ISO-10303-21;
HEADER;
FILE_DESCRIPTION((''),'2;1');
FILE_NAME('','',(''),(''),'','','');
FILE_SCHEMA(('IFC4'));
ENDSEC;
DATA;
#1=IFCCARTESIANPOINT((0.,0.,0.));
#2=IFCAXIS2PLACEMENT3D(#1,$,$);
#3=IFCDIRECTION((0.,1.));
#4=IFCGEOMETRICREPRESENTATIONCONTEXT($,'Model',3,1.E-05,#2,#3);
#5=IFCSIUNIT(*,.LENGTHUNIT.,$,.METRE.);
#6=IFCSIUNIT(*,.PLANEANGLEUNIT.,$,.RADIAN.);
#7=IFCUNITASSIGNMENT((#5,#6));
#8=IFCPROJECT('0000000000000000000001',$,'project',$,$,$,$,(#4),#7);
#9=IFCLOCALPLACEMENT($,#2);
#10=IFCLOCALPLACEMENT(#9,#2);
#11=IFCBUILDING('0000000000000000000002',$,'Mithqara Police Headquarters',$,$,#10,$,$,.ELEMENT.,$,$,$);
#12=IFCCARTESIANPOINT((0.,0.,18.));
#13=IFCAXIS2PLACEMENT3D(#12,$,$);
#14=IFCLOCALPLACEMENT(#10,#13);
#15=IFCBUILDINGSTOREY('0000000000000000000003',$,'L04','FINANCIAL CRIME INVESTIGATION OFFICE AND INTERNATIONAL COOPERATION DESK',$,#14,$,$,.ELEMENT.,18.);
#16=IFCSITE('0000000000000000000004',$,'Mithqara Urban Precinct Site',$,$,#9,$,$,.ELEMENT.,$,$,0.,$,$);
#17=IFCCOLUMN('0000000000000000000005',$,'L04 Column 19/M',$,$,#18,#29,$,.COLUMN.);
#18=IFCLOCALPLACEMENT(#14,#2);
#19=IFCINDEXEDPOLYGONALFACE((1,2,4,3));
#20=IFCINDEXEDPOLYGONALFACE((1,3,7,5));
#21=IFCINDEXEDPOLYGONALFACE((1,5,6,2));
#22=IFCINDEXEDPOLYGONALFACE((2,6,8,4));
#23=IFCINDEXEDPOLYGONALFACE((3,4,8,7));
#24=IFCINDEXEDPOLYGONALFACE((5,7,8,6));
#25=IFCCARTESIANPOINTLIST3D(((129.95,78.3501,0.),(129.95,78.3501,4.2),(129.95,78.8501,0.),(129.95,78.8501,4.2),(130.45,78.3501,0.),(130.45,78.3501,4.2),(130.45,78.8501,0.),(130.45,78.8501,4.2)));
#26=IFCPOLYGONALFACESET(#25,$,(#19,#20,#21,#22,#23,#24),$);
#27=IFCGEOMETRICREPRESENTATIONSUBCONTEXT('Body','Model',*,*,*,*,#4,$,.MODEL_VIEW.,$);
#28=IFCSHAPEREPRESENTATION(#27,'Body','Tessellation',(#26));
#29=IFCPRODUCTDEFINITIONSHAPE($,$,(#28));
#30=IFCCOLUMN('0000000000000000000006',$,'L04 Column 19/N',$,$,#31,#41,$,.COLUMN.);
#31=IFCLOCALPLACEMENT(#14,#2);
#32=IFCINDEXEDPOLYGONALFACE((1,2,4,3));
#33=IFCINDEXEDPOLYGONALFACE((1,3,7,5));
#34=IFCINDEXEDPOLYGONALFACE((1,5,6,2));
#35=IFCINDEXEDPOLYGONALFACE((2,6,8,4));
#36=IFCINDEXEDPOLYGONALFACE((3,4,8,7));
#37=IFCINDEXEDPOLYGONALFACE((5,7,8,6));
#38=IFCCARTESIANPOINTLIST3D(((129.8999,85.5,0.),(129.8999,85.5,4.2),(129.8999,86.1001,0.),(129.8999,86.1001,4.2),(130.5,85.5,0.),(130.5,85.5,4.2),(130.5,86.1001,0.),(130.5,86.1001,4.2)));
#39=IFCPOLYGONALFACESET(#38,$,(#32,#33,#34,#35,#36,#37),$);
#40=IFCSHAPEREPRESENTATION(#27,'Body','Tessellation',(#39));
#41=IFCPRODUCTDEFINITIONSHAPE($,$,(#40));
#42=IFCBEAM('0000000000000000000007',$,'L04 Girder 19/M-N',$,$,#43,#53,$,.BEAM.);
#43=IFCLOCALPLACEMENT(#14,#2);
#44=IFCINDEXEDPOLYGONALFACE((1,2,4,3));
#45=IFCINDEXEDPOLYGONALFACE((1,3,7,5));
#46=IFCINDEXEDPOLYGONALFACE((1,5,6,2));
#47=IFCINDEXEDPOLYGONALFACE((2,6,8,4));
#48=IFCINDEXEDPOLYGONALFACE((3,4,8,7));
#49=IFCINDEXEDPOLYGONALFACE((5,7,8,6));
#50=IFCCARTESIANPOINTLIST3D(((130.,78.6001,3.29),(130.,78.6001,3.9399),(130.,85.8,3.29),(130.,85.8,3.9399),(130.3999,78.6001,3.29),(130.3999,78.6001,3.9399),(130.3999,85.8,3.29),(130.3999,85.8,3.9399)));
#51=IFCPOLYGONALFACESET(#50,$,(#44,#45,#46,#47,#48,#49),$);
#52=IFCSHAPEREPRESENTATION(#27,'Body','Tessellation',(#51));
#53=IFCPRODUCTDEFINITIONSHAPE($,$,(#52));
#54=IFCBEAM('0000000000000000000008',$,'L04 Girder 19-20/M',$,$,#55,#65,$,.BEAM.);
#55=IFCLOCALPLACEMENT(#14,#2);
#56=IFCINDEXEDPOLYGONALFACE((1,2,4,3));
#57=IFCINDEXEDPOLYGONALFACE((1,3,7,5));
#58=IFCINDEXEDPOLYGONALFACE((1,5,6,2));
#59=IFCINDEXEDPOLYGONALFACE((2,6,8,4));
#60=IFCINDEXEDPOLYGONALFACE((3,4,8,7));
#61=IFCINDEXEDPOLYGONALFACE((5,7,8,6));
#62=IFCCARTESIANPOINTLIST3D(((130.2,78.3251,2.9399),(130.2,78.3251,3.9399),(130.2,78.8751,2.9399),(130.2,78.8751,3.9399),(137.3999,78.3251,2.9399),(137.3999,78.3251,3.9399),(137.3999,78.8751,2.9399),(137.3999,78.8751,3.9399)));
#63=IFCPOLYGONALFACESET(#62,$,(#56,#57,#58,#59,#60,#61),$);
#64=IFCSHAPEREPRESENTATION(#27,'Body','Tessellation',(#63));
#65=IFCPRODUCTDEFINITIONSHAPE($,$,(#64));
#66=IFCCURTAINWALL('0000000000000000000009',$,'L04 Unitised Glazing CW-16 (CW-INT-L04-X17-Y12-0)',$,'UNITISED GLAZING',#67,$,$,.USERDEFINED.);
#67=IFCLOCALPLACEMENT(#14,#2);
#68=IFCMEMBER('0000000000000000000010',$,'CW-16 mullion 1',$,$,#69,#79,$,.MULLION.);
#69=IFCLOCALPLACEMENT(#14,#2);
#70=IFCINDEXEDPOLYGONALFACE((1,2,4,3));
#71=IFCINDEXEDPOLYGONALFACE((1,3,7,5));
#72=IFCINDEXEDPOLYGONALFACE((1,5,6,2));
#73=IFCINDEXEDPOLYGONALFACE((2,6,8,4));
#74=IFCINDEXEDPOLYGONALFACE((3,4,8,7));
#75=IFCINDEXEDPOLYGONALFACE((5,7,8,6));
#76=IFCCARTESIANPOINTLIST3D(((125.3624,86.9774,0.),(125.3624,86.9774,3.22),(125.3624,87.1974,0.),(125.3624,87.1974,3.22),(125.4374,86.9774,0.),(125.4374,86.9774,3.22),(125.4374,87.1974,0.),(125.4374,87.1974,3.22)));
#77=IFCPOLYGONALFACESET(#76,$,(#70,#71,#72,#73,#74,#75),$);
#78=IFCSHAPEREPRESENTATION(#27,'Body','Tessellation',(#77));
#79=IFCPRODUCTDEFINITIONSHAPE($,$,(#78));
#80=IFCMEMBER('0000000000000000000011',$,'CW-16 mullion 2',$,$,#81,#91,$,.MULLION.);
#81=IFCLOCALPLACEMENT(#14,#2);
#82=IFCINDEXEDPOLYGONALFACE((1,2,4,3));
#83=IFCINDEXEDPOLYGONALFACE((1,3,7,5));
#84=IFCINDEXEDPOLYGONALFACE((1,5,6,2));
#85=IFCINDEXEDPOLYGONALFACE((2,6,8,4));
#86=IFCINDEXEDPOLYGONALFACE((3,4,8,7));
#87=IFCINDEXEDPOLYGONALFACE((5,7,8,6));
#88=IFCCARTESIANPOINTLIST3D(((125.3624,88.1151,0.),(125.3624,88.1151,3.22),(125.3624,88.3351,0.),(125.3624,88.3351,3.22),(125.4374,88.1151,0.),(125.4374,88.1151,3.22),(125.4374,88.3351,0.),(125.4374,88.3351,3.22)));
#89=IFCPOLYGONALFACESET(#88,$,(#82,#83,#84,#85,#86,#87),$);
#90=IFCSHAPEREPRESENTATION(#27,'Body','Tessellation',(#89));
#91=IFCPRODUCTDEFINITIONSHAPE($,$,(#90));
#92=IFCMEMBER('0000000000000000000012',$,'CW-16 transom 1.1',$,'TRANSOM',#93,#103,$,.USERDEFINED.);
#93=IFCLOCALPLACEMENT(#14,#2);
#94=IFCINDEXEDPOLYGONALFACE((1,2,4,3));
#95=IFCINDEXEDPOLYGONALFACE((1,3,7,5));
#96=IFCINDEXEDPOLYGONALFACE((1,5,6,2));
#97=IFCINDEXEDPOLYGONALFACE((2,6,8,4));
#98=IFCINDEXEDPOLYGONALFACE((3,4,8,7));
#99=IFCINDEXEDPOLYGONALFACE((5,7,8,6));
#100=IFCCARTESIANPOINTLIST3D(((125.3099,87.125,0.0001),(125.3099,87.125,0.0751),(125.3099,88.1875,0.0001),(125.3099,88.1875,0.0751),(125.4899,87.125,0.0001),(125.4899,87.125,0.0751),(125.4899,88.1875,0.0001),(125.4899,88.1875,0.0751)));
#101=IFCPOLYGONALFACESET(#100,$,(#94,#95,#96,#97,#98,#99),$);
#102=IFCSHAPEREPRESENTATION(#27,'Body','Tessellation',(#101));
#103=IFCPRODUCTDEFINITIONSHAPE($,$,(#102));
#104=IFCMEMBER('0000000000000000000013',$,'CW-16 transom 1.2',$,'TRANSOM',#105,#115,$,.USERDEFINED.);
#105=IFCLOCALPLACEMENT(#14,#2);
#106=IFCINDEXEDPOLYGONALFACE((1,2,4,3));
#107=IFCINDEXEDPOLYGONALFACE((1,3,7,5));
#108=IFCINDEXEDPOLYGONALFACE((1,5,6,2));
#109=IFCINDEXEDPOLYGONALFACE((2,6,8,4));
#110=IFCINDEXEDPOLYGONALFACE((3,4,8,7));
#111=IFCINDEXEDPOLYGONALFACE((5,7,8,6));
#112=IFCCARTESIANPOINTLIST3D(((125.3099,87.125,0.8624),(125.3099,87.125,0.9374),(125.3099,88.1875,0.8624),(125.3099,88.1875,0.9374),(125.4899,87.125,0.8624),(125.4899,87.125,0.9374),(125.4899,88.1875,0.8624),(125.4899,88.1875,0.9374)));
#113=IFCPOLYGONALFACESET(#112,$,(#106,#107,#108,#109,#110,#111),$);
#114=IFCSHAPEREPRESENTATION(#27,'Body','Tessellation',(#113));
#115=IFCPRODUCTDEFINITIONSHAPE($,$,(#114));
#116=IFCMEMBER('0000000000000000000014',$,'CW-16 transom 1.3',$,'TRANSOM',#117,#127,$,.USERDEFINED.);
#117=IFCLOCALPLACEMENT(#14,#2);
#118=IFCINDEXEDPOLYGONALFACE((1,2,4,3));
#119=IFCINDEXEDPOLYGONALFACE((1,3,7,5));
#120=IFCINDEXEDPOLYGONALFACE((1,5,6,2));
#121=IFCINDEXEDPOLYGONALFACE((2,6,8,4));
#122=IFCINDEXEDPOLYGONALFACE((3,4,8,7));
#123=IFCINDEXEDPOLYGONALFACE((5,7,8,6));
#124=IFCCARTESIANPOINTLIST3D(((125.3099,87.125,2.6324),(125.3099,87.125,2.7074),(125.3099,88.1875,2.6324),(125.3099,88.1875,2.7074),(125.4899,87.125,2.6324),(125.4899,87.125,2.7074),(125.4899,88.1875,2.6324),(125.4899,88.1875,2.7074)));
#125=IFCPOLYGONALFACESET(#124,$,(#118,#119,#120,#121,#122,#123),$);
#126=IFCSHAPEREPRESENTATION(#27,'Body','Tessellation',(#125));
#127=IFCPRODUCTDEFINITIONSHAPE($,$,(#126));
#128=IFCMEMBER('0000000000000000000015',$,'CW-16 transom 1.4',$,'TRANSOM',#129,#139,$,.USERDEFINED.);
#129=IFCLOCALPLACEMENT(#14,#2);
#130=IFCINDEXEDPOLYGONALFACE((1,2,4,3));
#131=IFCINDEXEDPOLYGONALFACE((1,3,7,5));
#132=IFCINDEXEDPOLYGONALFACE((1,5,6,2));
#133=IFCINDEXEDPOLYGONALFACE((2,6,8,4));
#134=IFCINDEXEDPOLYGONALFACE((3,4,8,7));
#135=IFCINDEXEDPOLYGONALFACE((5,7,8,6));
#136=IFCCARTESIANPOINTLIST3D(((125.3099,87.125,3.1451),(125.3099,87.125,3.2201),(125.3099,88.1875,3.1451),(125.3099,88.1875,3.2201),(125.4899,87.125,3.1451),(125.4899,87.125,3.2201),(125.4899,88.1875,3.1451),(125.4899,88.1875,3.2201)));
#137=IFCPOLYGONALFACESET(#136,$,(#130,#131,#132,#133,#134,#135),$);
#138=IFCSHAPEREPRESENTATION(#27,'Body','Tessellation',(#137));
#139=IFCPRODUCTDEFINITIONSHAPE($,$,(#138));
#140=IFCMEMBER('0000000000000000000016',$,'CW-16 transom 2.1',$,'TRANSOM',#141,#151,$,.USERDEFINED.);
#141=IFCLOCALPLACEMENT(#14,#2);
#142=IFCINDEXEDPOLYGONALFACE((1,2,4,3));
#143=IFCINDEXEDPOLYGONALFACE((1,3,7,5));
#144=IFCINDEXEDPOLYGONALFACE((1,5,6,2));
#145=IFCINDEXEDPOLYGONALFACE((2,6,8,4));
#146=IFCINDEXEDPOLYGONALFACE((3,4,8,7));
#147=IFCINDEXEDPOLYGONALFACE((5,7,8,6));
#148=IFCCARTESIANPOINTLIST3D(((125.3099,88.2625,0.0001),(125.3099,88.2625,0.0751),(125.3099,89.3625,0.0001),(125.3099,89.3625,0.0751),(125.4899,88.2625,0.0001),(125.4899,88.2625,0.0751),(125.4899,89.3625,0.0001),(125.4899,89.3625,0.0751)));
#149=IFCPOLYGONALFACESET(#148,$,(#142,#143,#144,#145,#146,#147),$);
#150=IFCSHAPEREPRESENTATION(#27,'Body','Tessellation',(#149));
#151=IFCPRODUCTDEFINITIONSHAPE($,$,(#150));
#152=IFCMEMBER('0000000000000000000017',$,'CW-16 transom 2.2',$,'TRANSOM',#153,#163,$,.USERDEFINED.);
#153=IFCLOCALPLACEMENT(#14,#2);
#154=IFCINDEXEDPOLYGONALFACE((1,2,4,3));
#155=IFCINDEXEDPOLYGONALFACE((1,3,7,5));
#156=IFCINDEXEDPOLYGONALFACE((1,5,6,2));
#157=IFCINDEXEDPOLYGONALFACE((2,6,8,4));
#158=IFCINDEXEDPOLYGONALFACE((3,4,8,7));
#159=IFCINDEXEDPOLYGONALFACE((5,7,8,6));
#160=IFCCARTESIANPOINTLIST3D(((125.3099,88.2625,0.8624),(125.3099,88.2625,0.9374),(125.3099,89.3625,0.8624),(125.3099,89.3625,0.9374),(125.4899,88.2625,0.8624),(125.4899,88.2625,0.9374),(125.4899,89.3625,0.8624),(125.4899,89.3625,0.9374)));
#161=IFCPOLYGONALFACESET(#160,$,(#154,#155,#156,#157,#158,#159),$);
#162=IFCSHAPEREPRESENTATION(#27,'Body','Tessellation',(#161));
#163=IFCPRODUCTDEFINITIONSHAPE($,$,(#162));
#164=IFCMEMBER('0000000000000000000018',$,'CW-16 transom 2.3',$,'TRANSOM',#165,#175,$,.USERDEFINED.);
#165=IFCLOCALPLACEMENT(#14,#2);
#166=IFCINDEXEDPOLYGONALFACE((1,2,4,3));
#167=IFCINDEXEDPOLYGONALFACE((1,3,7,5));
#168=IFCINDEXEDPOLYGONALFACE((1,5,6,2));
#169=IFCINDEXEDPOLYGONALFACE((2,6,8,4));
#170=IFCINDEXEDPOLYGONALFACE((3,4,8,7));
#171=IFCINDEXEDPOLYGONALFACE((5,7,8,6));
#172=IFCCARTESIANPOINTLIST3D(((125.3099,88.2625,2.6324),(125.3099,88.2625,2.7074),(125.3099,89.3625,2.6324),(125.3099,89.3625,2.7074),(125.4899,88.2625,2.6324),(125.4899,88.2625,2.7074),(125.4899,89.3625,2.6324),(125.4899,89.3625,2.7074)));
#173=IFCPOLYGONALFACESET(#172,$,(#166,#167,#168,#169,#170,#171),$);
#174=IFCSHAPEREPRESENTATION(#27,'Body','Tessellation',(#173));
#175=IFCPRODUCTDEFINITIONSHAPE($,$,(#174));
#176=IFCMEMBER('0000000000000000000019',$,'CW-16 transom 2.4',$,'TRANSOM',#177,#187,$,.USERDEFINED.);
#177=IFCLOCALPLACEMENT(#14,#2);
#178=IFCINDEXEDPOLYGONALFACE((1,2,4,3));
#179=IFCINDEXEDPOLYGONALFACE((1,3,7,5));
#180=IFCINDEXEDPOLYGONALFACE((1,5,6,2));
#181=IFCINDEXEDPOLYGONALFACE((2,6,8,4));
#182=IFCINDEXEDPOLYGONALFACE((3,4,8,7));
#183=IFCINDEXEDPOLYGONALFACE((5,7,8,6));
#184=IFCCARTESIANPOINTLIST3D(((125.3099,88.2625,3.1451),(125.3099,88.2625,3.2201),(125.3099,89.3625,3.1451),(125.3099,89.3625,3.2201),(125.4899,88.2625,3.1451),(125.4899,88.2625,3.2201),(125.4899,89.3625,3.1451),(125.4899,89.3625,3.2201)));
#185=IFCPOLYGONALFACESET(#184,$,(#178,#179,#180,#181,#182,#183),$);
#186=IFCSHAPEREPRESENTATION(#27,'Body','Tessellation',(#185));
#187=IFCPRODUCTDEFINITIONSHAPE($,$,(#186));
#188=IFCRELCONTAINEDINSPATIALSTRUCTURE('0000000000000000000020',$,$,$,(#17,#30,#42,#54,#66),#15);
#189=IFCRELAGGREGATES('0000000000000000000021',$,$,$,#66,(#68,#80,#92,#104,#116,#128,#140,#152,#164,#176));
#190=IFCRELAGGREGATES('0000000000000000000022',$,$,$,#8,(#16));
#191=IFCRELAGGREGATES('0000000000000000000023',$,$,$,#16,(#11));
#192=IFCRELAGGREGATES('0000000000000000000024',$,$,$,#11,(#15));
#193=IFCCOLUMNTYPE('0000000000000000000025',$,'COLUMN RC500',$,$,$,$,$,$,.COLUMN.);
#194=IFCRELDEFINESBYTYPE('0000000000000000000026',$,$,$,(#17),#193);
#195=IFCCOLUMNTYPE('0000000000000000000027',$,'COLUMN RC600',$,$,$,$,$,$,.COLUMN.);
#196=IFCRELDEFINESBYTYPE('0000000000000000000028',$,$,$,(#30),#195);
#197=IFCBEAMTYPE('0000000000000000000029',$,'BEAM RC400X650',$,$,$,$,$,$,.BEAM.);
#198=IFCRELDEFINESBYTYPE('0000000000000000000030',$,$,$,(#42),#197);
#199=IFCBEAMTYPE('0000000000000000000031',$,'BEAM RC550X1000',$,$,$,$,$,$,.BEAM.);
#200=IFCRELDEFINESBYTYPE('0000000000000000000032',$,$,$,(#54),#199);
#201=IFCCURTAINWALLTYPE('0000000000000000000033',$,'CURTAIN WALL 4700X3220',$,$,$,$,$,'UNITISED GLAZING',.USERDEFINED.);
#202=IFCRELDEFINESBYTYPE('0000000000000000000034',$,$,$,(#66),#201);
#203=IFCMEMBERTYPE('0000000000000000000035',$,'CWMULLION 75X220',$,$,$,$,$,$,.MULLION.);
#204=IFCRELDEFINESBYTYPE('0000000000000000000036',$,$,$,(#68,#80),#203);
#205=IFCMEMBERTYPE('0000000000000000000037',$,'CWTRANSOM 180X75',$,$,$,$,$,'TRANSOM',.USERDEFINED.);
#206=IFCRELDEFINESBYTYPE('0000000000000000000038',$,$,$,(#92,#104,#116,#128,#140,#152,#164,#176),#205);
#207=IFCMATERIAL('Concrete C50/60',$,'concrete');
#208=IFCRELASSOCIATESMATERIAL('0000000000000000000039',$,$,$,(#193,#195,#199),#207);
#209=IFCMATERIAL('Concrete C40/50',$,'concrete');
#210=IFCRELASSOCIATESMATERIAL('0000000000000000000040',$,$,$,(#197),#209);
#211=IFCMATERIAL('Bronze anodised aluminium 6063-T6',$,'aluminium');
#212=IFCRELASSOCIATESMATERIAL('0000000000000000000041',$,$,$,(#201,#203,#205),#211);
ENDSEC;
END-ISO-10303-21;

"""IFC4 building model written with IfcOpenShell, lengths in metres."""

from ifc_helpers import new_model, si_unit, direction, frame, origin, origin_2d, place, context, subcontext, project, spatial, rectangle, extrude, material, material_profile, profile_set, type_object, element, aggregate, save


model = new_model("IFC4")

# Units and contexts
model_context = context("Model", 3, precision=1e-05, world=origin(), true_north=direction((0.0, 1.0)))
body_context = subcontext(model_context, "Body", "Model", "MODEL_VIEW")
ifc_project = project(units=[si_unit("LENGTHUNIT", "METRE"), si_unit("PLANEANGLEUNIT", "RADIAN")], contexts=[model_context])

# Site, building, storey
site_placement = place(None, origin())
site = spatial("IfcSite", under=ifc_project, at=site_placement, Name="Mithqara Urban Precinct Site", CompositionType="ELEMENT", RefElevation=0.0)
building_placement = place(site_placement, origin())
building = spatial("IfcBuilding", under=site, at=building_placement, Name="Mithqara Police Headquarters", CompositionType="ELEMENT")
storey_placement = place(building_placement, frame((0.0, 0.0, 18.0)))
storey = spatial("IfcBuildingStorey", under=building, at=storey_placement, Name="L04", Description="FINANCIAL CRIME INVESTIGATION OFFICE AND INTERNATIONAL COOPERATION DESK", CompositionType="ELEMENT", Elevation=18.0)

# Columns
ifc_material_1 = material(Name="Concrete C50/60", Category="concrete")
ifc_material_profile_1 = material_profile(ifc_material_1, rectangle(XDim=0.5, YDim=0.5, at=origin_2d()), Name="RC 500x500")
ifc_profile_set_1 = profile_set([ifc_material_profile_1], Name="Concrete C50/60")
column_type_1 = type_object("IfcColumnType", Name="COLUMN RC500", PredefinedType="COLUMN", material=ifc_profile_set_1)
column_1_placement = place(storey_placement, frame((130.2, 78.6001, 0.0), z_axis=(0.0, 0.0, 1.0), x_axis=(1.0, 0.0, 0.0)))
element("IfcColumn", 1, at=column_1_placement, inside=storey, type_object=column_type_1, Name="L04 Column 19/M", PredefinedType="COLUMN", context=body_context, shape_type="SweptSolid", body=[
    extrude(rectangle(XDim=0.5, YDim=0.5, at=origin_2d()), origin(), (0.0, 0.0, 1.0), 4.2),
])
ifc_material_profile_2 = material_profile(ifc_material_1, rectangle(XDim=0.6001, YDim=0.6001, at=origin_2d()), Name="RC 600x600")
ifc_profile_set_2 = profile_set([ifc_material_profile_2], Name="Concrete C50/60")
column_type_2 = type_object("IfcColumnType", Name="COLUMN RC600", PredefinedType="COLUMN", material=ifc_profile_set_2)
column_2_placement = place(storey_placement, frame((130.2, 85.8, 0.0), z_axis=(0.0, 0.0, 1.0), x_axis=(1.0, 0.0, 0.0)))
element("IfcColumn", 2, at=column_2_placement, inside=storey, type_object=column_type_2, Name="L04 Column 19/N", PredefinedType="COLUMN", context=body_context, shape_type="SweptSolid", body=[
    extrude(rectangle(XDim=0.6001, YDim=0.6001, at=origin_2d()), origin(), (0.0, 0.0, 1.0), 4.2),
])

# Beams
ifc_material_2 = material(Name="Concrete C40/50", Category="concrete")
ifc_material_profile_3 = material_profile(ifc_material_2, rectangle(XDim=0.3999, YDim=0.6499, at=origin_2d()), Name="RC 400x650")
ifc_profile_set_3 = profile_set([ifc_material_profile_3], Name="Concrete C40/50")
beam_type_1 = type_object("IfcBeamType", Name="BEAM RC400X650", PredefinedType="BEAM", material=ifc_profile_set_3)
beam_1_placement = place(storey_placement, frame((130.2, 78.6001, 3.615), z_axis=(0.0, 1.0, 0.0), x_axis=(-1.0, 0.0, 0.0)))
element("IfcBeam", 3, at=beam_1_placement, inside=storey, type_object=beam_type_1, Name="L04 Girder 19/M-N", PredefinedType="BEAM", context=body_context, shape_type="SweptSolid", body=[
    extrude(rectangle(XDim=0.3999, YDim=0.6499, at=origin_2d()), origin(), (0.0, 0.0, 1.0), 7.2),
])
ifc_material_profile_4 = material_profile(ifc_material_1, rectangle(XDim=0.55, YDim=1.0, at=origin_2d()), Name="RC 550x1000")
ifc_profile_set_4 = profile_set([ifc_material_profile_4], Name="Concrete C50/60")
beam_type_2 = type_object("IfcBeamType", Name="BEAM RC550X1000", PredefinedType="BEAM", material=ifc_profile_set_4)
beam_2_placement = place(storey_placement, frame((130.2, 78.6001, 3.4399), z_axis=(1.0, 0.0, 0.0), x_axis=(0.0, 1.0, 0.0)))
element("IfcBeam", 4, at=beam_2_placement, inside=storey, type_object=beam_type_2, Name="L04 Girder 19-20/M", PredefinedType="BEAM", context=body_context, shape_type="SweptSolid", body=[
    extrude(rectangle(XDim=0.55, YDim=1.0, at=origin_2d()), origin(), (0.0, 0.0, 1.0), 7.2),
])

# Curtain wall, members
ifc_material_3 = material(Name="Bronze anodised aluminium 6063-T6", Category="aluminium")
curtain_wall_type = type_object("IfcCurtainWallType", Name="CURTAIN WALL 4700X3220", ElementType="UNITISED GLAZING", PredefinedType="USERDEFINED", material=ifc_material_3)
curtain_wall_placement = place(storey_placement, origin())
curtain_wall = element("IfcCurtainWall", 5, at=curtain_wall_placement, inside=storey, type_object=curtain_wall_type, Name="L04 Unitised Glazing CW-16 (CW-INT-L04-X17-Y12-0)", ObjectType="UNITISED GLAZING", PredefinedType="USERDEFINED")
ifc_material_profile_5 = material_profile(ifc_material_3, rectangle(XDim=0.075, YDim=0.22, at=origin_2d()), Name="CWM 75x220")
ifc_profile_set_5 = profile_set([ifc_material_profile_5], Name="Bronze anodised aluminium 6063-T6")
member_type_1 = type_object("IfcMemberType", Name="CWMULLION 75X220", PredefinedType="MULLION", material=ifc_profile_set_5)
member_1_placement = place(storey_placement, frame((125.3999, 87.0874, 0.0), z_axis=(0.0, 0.0, 1.0), x_axis=(-1.0, 0.0, 0.0)))
member_1 = element("IfcMember", 6, at=member_1_placement, type_object=member_type_1, Name="CW-16 mullion 1", PredefinedType="MULLION", context=body_context, shape_type="SweptSolid", body=[
    extrude(rectangle(XDim=0.075, YDim=0.22, at=origin_2d()), origin(), (0.0, 0.0, 1.0), 3.22),
])
member_2_placement = place(storey_placement, frame((125.3999, 88.2251, 0.0), z_axis=(0.0, 0.0, 1.0), x_axis=(-1.0, 0.0, 0.0)))
member_2 = element("IfcMember", 7, at=member_2_placement, type_object=member_type_1, Name="CW-16 mullion 2", PredefinedType="MULLION", context=body_context, shape_type="SweptSolid", body=[
    extrude(rectangle(XDim=0.075, YDim=0.22, at=origin_2d()), origin(), (0.0, 0.0, 1.0), 3.22),
])
ifc_material_profile_6 = material_profile(ifc_material_3, rectangle(XDim=0.1799, YDim=0.075, at=origin_2d()), Name="CWT 180x75")
ifc_profile_set_6 = profile_set([ifc_material_profile_6], Name="Bronze anodised aluminium 6063-T6")
member_type_2 = type_object("IfcMemberType", Name="CWTRANSOM 180X75", ElementType="TRANSOM", PredefinedType="USERDEFINED", material=ifc_profile_set_6)
member_3_placement = place(storey_placement, frame((125.3999, 87.125, 0.0376), z_axis=(0.0, 1.0, 0.0), x_axis=(-1.0, 0.0, 0.0)))
member_3 = element("IfcMember", 8, at=member_3_placement, type_object=member_type_2, Name="CW-16 transom 1.1", ObjectType="TRANSOM", PredefinedType="USERDEFINED", context=body_context, shape_type="SweptSolid", body=[
    extrude(rectangle(XDim=0.1799, YDim=0.075, at=origin_2d()), origin(), (0.0, 0.0, 1.0), 1.0625),
])
member_4_placement = place(storey_placement, frame((125.3999, 87.125, 0.8999), z_axis=(0.0, 1.0, 0.0), x_axis=(-1.0, 0.0, 0.0)))
member_4 = element("IfcMember", 9, at=member_4_placement, type_object=member_type_2, Name="CW-16 transom 1.2", ObjectType="TRANSOM", PredefinedType="USERDEFINED", context=body_context, shape_type="SweptSolid", body=[
    extrude(rectangle(XDim=0.1799, YDim=0.075, at=origin_2d()), origin(), (0.0, 0.0, 1.0), 1.0625),
])
member_5_placement = place(storey_placement, frame((125.3999, 87.125, 2.6699), z_axis=(0.0, 1.0, 0.0), x_axis=(-1.0, 0.0, 0.0)))
member_5 = element("IfcMember", 10, at=member_5_placement, type_object=member_type_2, Name="CW-16 transom 1.3", ObjectType="TRANSOM", PredefinedType="USERDEFINED", context=body_context, shape_type="SweptSolid", body=[
    extrude(rectangle(XDim=0.1799, YDim=0.075, at=origin_2d()), origin(), (0.0, 0.0, 1.0), 1.0625),
])
member_6_placement = place(storey_placement, frame((125.3999, 87.125, 3.1826), z_axis=(0.0, 1.0, 0.0), x_axis=(-1.0, 0.0, 0.0)))
member_6 = element("IfcMember", 11, at=member_6_placement, type_object=member_type_2, Name="CW-16 transom 1.4", ObjectType="TRANSOM", PredefinedType="USERDEFINED", context=body_context, shape_type="SweptSolid", body=[
    extrude(rectangle(XDim=0.1799, YDim=0.075, at=origin_2d()), origin(), (0.0, 0.0, 1.0), 1.0625),
])
member_7_placement = place(storey_placement, frame((125.3999, 88.2625, 0.0376), z_axis=(0.0, 1.0, 0.0), x_axis=(-1.0, 0.0, 0.0)))
member_7 = element("IfcMember", 12, at=member_7_placement, type_object=member_type_2, Name="CW-16 transom 2.1", ObjectType="TRANSOM", PredefinedType="USERDEFINED", context=body_context, shape_type="SweptSolid", body=[
    extrude(rectangle(XDim=0.1799, YDim=0.075, at=origin_2d()), origin(), (0.0, 0.0, 1.0), 1.1001),
])
member_8_placement = place(storey_placement, frame((125.3999, 88.2625, 0.8999), z_axis=(0.0, 1.0, 0.0), x_axis=(-1.0, 0.0, 0.0)))
member_8 = element("IfcMember", 13, at=member_8_placement, type_object=member_type_2, Name="CW-16 transom 2.2", ObjectType="TRANSOM", PredefinedType="USERDEFINED", context=body_context, shape_type="SweptSolid", body=[
    extrude(rectangle(XDim=0.1799, YDim=0.075, at=origin_2d()), origin(), (0.0, 0.0, 1.0), 1.1001),
])
member_9_placement = place(storey_placement, frame((125.3999, 88.2625, 2.6699), z_axis=(0.0, 1.0, 0.0), x_axis=(-1.0, 0.0, 0.0)))
member_9 = element("IfcMember", 14, at=member_9_placement, type_object=member_type_2, Name="CW-16 transom 2.3", ObjectType="TRANSOM", PredefinedType="USERDEFINED", context=body_context, shape_type="SweptSolid", body=[
    extrude(rectangle(XDim=0.1799, YDim=0.075, at=origin_2d()), origin(), (0.0, 0.0, 1.0), 1.1001),
])
member_10_placement = place(storey_placement, frame((125.3999, 88.2625, 3.1826), z_axis=(0.0, 1.0, 0.0), x_axis=(-1.0, 0.0, 0.0)))
member_10 = element("IfcMember", 15, at=member_10_placement, type_object=member_type_2, Name="CW-16 transom 2.4", ObjectType="TRANSOM", PredefinedType="USERDEFINED", context=body_context, shape_type="SweptSolid", body=[
    extrude(rectangle(XDim=0.1799, YDim=0.075, at=origin_2d()), origin(), (0.0, 0.0, 1.0), 1.1001),
])
aggregate(curtain_wall, [member_1, member_2, member_3, member_4, member_5, member_6, member_7, member_8, member_9, member_10])

save(model, "model.ifc")
